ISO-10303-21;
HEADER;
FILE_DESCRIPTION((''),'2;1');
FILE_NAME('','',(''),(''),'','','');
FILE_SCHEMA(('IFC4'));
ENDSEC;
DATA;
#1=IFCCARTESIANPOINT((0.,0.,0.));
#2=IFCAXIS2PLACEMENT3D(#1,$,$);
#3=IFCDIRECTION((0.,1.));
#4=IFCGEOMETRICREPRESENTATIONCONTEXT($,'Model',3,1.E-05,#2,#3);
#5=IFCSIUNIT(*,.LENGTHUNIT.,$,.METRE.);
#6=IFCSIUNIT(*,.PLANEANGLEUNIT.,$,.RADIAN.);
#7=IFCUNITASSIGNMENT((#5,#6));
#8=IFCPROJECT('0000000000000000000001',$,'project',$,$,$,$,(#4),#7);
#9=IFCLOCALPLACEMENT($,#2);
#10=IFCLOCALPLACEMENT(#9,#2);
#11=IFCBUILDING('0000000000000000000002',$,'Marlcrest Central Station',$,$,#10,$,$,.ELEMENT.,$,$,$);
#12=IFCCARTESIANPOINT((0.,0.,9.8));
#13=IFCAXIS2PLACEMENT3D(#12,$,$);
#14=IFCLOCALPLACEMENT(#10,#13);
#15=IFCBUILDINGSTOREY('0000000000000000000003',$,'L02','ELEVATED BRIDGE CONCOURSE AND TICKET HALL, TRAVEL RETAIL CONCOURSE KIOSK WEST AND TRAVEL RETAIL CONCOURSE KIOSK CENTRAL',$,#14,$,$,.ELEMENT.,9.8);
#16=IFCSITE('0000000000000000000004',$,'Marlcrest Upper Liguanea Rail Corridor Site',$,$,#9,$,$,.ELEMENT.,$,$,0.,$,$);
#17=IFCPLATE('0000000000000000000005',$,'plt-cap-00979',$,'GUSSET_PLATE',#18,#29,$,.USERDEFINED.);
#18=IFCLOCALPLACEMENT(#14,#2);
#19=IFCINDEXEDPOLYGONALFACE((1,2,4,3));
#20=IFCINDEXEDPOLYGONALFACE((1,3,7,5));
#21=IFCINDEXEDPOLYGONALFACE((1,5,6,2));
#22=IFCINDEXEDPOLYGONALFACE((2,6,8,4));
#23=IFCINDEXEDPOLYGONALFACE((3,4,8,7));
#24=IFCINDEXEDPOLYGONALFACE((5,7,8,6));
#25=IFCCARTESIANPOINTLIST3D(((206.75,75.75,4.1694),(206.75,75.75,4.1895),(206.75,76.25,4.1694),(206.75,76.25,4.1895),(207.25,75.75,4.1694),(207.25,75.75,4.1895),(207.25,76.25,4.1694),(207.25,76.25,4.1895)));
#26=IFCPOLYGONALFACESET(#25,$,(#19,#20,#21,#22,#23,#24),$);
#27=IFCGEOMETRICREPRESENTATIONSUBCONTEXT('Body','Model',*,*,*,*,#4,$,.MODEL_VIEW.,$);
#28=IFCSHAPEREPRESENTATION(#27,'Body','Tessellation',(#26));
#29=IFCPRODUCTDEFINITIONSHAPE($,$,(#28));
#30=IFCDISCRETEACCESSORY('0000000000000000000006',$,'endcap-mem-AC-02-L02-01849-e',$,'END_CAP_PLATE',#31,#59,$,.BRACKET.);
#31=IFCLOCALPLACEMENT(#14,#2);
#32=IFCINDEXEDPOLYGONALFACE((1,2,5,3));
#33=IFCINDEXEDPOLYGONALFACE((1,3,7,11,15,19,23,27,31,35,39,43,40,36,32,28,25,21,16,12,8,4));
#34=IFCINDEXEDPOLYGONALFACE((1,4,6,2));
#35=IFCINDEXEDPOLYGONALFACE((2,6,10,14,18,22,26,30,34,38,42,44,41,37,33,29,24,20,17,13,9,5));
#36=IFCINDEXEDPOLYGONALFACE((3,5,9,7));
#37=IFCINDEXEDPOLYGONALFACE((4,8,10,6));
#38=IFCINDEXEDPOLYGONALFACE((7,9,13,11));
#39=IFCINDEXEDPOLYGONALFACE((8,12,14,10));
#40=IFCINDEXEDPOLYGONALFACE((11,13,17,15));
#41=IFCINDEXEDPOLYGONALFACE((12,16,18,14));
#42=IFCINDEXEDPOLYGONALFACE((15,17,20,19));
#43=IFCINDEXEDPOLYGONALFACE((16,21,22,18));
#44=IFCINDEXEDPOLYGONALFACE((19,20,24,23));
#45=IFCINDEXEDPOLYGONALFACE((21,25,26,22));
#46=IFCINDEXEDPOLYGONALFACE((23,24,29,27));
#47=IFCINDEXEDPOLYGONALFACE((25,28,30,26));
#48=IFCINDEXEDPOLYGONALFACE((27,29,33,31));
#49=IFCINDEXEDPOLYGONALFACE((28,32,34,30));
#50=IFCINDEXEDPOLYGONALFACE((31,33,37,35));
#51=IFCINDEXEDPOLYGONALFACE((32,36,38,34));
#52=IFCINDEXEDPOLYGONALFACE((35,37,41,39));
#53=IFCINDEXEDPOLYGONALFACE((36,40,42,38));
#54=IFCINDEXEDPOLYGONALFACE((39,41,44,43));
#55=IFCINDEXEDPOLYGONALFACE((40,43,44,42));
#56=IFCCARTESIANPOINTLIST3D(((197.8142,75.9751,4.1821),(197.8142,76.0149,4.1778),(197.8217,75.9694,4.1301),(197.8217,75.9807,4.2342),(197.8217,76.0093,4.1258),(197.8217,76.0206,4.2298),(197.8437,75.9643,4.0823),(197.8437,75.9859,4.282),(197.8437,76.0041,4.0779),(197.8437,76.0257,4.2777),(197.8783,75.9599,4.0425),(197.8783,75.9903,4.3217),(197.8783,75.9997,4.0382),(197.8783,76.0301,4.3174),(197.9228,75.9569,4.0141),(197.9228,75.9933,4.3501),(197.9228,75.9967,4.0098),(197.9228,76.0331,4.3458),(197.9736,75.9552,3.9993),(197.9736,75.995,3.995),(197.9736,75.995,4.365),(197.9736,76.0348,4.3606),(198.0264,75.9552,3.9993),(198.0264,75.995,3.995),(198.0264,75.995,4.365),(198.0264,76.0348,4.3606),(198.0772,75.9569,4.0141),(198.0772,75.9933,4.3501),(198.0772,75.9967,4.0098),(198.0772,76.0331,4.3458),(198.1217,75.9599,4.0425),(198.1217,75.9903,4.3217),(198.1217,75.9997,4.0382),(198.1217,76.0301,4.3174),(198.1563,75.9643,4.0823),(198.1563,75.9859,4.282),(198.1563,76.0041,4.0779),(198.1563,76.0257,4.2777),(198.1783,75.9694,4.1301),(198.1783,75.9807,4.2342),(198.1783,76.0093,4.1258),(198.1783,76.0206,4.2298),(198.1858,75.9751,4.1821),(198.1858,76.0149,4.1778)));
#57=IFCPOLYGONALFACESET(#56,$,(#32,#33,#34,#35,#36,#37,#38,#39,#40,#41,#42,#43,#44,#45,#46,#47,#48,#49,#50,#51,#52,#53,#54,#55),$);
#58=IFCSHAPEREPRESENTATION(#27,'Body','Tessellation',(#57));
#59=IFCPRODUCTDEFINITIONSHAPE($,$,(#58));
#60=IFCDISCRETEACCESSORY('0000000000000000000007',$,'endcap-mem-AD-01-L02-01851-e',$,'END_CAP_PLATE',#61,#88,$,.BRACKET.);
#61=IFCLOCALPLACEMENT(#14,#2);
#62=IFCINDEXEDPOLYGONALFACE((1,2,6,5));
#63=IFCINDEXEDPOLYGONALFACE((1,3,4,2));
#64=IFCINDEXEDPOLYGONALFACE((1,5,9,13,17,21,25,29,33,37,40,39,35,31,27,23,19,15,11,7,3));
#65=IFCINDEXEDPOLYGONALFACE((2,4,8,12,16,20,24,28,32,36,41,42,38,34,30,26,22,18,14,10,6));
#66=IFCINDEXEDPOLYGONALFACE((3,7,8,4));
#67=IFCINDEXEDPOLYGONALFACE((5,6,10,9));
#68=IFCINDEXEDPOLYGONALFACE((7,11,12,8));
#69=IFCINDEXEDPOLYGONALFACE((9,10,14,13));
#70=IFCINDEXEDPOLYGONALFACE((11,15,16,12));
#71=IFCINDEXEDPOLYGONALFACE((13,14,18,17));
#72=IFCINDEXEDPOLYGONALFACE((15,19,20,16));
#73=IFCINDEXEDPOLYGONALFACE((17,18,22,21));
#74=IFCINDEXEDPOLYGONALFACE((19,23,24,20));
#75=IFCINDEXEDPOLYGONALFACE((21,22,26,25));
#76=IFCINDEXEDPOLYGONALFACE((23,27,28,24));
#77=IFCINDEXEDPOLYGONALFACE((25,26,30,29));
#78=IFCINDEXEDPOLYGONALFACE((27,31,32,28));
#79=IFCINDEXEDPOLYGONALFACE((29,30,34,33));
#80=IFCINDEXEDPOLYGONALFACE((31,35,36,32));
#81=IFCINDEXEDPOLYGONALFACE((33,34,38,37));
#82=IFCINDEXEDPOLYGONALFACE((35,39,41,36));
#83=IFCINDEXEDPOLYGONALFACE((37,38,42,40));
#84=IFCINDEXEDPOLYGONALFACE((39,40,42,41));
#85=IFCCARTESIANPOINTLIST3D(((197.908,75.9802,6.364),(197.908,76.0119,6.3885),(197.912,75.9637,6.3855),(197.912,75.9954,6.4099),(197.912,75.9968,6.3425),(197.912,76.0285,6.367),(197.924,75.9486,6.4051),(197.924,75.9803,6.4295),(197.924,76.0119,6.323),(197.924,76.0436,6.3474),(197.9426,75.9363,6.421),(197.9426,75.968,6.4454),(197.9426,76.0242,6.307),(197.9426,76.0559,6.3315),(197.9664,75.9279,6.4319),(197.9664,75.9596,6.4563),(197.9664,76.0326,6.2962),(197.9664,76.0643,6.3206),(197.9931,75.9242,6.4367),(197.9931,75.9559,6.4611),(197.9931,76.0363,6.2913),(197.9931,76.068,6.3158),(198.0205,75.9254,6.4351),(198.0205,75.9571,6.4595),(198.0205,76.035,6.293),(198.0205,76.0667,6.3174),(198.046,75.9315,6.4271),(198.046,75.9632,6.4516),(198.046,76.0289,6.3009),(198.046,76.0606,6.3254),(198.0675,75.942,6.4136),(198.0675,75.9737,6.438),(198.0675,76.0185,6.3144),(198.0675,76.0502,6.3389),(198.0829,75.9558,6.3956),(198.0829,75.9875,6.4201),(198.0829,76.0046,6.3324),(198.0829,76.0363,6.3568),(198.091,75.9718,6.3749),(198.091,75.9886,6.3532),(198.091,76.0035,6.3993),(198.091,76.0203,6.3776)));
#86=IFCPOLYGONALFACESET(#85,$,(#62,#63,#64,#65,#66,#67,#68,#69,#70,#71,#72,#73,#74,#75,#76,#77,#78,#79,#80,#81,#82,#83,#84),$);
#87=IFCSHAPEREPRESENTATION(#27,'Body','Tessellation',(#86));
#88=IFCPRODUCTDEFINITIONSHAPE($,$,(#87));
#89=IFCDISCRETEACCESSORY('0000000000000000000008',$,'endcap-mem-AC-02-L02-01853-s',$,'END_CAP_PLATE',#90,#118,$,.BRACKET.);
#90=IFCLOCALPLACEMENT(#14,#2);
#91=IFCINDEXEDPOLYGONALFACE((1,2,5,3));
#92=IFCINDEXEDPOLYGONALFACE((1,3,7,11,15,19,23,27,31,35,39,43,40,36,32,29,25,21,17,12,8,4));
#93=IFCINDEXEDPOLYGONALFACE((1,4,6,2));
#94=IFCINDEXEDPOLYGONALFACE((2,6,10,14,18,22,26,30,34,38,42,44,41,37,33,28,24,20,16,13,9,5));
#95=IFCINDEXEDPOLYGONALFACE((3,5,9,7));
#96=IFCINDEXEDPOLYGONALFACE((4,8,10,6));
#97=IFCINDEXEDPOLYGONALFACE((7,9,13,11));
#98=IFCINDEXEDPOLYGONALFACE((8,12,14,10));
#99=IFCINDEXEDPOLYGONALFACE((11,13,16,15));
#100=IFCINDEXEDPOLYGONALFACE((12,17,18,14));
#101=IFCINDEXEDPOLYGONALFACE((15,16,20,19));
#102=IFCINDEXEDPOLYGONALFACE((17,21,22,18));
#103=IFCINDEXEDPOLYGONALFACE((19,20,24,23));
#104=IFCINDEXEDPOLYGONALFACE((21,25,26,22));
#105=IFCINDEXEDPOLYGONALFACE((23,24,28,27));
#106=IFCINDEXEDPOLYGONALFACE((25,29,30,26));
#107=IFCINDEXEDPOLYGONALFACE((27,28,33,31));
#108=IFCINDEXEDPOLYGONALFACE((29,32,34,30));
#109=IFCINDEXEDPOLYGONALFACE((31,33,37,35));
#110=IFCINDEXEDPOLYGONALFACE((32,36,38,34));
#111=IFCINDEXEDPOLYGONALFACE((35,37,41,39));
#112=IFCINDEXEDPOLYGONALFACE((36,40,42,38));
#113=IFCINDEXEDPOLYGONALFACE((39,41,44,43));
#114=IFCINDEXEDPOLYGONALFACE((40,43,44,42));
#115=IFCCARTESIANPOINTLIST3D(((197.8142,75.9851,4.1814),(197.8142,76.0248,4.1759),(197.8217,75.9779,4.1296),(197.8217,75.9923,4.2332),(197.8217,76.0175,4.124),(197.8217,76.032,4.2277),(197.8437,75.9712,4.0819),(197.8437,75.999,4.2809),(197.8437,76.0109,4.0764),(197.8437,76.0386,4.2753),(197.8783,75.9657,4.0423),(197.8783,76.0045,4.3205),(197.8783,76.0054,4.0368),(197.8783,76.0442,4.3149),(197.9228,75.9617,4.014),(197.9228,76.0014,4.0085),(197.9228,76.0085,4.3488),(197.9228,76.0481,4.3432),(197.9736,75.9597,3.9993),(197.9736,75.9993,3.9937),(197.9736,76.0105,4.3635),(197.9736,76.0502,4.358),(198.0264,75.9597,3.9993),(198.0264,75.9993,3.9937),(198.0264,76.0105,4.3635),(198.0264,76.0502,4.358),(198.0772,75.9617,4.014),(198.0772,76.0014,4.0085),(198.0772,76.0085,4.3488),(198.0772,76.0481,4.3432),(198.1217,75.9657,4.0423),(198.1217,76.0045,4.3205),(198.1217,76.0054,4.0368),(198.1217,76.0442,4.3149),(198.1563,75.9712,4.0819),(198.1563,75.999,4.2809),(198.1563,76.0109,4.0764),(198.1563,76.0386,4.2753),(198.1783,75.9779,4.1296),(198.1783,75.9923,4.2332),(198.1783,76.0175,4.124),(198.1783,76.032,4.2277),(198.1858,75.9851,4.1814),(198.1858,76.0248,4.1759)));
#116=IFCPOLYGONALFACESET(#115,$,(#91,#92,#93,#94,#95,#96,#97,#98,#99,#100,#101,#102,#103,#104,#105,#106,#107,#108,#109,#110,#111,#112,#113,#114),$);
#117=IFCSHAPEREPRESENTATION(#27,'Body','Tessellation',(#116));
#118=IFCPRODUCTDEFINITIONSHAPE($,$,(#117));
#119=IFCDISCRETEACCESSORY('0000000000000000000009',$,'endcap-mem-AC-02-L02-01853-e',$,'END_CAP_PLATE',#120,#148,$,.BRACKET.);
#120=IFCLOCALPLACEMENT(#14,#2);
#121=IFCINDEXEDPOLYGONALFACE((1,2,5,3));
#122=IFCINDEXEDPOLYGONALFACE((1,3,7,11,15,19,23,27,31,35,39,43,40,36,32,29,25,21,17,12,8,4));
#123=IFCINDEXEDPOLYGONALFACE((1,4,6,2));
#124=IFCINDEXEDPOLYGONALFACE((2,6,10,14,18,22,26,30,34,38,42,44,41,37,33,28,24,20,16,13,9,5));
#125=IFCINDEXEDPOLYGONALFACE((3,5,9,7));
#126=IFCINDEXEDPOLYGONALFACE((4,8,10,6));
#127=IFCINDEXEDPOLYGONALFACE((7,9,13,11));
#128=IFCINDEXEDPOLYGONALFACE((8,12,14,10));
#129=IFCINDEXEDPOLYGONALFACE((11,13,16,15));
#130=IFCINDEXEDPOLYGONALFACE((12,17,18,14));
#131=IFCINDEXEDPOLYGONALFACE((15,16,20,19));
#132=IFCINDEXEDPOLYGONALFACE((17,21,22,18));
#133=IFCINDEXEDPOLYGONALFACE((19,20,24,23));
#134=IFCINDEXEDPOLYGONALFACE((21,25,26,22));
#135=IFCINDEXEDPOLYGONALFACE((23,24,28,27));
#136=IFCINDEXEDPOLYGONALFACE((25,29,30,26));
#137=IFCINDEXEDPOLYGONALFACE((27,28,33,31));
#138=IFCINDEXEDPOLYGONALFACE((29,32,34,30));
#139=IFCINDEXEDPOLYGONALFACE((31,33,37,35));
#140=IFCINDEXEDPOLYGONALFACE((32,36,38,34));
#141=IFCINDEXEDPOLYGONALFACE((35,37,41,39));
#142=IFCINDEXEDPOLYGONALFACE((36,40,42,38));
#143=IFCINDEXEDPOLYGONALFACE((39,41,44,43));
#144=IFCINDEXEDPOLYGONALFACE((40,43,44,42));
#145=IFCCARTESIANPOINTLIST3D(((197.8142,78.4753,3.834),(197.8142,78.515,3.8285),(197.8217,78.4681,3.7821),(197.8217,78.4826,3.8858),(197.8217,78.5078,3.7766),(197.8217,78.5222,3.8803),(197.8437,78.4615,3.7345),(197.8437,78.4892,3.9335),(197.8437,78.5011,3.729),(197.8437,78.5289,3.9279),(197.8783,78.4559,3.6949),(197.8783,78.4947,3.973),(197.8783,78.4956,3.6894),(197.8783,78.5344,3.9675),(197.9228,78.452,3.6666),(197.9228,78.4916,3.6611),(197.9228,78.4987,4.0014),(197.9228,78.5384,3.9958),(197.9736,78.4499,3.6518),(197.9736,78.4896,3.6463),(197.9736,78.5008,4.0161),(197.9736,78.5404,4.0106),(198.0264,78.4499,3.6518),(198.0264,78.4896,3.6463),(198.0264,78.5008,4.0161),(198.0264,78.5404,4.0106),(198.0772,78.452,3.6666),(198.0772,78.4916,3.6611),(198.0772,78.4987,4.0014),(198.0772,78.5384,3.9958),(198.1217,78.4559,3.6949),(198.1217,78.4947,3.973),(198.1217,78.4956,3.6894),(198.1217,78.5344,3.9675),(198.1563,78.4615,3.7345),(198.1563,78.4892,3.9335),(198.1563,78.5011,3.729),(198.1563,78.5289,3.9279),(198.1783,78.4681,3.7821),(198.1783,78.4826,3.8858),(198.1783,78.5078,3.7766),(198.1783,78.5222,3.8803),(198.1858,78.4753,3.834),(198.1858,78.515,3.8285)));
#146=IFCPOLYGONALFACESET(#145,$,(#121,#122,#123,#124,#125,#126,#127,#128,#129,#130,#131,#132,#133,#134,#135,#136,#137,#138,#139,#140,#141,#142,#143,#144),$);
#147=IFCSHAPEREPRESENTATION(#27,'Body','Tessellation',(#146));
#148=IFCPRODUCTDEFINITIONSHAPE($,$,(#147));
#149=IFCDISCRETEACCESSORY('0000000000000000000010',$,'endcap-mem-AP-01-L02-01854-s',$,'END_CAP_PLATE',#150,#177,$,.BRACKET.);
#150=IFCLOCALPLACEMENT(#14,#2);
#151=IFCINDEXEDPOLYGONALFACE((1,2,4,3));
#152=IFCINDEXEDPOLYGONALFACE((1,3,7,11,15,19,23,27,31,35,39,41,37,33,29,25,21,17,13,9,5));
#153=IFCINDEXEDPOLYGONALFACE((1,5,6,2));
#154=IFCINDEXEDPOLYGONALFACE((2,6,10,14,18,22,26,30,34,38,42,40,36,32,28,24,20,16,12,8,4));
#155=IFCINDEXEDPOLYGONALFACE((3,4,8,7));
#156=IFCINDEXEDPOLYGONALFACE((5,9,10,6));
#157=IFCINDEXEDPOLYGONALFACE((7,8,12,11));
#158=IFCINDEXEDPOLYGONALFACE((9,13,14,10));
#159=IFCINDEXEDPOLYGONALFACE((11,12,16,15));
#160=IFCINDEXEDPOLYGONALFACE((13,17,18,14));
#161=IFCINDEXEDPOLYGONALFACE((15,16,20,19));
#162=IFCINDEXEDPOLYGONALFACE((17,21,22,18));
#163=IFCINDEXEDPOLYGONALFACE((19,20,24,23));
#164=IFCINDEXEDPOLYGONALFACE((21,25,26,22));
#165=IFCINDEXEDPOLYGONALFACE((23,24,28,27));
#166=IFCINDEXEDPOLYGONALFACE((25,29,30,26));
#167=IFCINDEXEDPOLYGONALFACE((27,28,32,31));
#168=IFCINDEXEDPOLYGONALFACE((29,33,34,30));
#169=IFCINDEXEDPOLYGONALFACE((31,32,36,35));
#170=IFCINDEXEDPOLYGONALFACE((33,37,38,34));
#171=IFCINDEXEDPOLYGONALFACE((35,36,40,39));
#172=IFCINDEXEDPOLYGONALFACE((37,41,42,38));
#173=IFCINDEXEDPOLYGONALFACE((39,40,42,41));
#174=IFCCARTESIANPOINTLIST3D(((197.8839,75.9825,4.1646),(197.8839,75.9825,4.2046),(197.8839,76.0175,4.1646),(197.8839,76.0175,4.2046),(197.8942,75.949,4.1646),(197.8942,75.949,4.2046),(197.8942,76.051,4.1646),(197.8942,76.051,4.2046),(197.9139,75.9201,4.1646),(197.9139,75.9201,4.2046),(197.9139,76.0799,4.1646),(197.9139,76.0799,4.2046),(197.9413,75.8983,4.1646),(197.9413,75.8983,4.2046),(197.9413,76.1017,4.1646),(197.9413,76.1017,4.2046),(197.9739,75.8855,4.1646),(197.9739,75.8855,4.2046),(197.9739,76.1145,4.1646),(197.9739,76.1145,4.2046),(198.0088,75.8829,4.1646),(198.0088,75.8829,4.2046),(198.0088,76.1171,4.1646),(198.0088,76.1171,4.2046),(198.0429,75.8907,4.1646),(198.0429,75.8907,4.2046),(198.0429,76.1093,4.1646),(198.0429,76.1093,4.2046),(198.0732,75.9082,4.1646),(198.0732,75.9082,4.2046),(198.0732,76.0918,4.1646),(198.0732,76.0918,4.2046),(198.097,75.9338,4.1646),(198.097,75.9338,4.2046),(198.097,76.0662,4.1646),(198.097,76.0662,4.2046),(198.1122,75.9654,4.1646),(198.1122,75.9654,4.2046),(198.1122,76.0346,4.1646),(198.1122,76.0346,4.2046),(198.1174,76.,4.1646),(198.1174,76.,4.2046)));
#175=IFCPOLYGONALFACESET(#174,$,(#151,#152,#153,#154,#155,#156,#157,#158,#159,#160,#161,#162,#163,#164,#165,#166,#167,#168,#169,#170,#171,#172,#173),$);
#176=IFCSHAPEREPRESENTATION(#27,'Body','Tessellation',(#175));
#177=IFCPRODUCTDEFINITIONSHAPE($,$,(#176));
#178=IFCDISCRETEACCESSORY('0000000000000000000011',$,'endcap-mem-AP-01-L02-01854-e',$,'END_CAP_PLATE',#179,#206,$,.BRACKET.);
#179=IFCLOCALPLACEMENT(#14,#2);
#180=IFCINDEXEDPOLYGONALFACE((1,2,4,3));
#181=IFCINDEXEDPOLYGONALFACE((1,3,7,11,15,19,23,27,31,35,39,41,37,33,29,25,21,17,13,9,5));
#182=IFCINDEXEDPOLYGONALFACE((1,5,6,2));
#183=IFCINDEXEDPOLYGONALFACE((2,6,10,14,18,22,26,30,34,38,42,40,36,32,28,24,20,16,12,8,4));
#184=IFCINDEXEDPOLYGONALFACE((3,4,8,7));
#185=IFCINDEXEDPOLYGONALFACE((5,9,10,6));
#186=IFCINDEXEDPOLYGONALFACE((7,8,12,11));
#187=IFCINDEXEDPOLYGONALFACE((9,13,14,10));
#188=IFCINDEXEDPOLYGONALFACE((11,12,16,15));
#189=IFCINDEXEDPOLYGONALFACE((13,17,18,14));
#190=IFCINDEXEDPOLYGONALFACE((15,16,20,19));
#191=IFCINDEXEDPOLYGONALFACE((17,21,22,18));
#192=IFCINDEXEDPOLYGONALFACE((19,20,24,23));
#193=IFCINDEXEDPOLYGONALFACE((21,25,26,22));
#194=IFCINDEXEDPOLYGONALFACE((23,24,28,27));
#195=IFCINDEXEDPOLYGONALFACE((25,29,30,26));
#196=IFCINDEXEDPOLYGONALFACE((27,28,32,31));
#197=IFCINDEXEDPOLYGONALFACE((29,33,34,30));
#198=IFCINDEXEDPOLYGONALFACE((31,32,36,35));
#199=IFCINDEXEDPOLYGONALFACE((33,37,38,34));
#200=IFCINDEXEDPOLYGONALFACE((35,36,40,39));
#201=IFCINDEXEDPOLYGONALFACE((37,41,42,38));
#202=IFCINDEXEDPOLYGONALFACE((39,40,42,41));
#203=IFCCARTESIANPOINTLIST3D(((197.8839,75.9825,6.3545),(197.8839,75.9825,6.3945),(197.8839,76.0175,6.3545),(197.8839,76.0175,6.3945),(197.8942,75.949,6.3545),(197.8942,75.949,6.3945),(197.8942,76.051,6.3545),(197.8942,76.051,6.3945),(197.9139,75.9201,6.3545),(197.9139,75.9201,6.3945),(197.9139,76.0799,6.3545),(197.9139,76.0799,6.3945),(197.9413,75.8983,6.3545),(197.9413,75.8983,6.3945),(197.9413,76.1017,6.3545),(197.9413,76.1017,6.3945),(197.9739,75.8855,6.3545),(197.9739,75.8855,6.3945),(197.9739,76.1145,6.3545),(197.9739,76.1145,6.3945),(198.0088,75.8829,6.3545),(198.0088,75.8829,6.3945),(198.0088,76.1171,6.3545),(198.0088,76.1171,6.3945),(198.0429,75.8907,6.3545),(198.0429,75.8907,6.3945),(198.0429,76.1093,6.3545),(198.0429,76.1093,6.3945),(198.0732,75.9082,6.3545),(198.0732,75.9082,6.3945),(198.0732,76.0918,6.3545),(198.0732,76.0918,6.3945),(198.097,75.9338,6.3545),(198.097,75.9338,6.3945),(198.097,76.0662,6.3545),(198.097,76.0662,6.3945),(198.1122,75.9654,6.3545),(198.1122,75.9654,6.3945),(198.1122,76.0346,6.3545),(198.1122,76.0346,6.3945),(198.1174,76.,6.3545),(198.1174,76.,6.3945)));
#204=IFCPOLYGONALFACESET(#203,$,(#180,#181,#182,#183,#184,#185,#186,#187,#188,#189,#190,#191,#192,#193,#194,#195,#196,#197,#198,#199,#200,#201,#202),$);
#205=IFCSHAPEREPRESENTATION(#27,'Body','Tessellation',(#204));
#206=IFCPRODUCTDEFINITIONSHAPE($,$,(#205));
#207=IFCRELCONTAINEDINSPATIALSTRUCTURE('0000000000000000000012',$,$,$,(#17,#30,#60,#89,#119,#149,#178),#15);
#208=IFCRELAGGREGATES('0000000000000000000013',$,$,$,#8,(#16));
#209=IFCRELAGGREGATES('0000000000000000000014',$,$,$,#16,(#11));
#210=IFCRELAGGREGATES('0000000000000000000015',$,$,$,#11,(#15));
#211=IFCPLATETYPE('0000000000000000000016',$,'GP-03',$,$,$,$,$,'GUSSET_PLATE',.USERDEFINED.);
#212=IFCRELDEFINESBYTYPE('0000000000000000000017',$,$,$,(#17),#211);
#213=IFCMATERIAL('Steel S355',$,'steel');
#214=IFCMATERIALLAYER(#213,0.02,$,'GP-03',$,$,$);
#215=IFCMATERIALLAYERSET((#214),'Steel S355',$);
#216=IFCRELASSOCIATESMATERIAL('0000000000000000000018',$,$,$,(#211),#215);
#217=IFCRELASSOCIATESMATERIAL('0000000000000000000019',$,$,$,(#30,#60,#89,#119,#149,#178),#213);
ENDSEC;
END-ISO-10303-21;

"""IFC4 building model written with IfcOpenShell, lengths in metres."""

from ifc_helpers import new_model, si_unit, direction, frame, origin, origin_2d, place, context, subcontext, project, spatial, rectangle, circle, extrude, material, layer, layer_set, type_object, element, save


model = new_model("IFC4")

# Units and contexts
model_context = context("Model", 3, precision=1e-05, world=origin(), true_north=direction((0.0, 1.0)))
body_context = subcontext(model_context, "Body", "Model", "MODEL_VIEW")
ifc_project = project(units=[si_unit("LENGTHUNIT", "METRE"), si_unit("PLANEANGLEUNIT", "RADIAN")], contexts=[model_context])

# Site, building, storey
site_placement = place(None, origin())
site = spatial("IfcSite", under=ifc_project, at=site_placement, Name="Marlcrest Upper Liguanea Rail Corridor Site", CompositionType="ELEMENT", RefElevation=0.0)
building_placement = place(site_placement, origin())
building = spatial("IfcBuilding", under=site, at=building_placement, Name="Marlcrest Central Station", CompositionType="ELEMENT")
storey_placement = place(building_placement, frame((0.0, 0.0, 9.8)))
storey = spatial("IfcBuildingStorey", under=building, at=storey_placement, Name="L02", Description="ELEVATED BRIDGE CONCOURSE AND TICKET HALL, TRAVEL RETAIL CONCOURSE KIOSK WEST AND TRAVEL RETAIL CONCOURSE KIOSK CENTRAL", CompositionType="ELEMENT", Elevation=9.8)

# Shared definitions
ifc_material = material(Name="Steel S355", Category="steel")

# Plate
ifc_layer = layer(ifc_material, 0.02, Name="GP-03")
ifc_layer_set = layer_set([ifc_layer], Name="Steel S355")
plate_type = type_object("IfcPlateType", Name="GP-03", ElementType="GUSSET_PLATE", PredefinedType="USERDEFINED", material=ifc_layer_set)
for number, where, z_axis, x_axis, name in (
    (1, (207.0, 76.0, 4.1694), (0.0, 0.0, 1.0), (1.0, 0.0, 0.0), "plt-cap-00979"),
):
    element("IfcPlate", number, at=place(storey_placement, frame(where, z_axis=z_axis, x_axis=x_axis)), inside=storey, type_object=plate_type, Name=name, ObjectType="GUSSET_PLATE", PredefinedType="USERDEFINED", context=body_context, shape_type="SweptSolid", body=[
        extrude(rectangle(XDim=0.5, YDim=0.5, at=origin_2d()), origin(), (0.0, 0.0, 1.0), 0.02),
    ])

# Discrete accessories
discrete_accessory_1_placement = place(storey_placement, frame((198.0, 75.9751, 4.1821), z_axis=(0.0, 0.994155, -0.107959), x_axis=(-1.0, 0.0, 0.0)))
element("IfcDiscreteAccessory", 2, at=discrete_accessory_1_placement, inside=storey, material=ifc_material, Name="endcap-mem-AC-02-L02-01849-e", ObjectType="END_CAP_PLATE", PredefinedType="BRACKET", context=body_context, shape_type="SweptSolid", body=[
    extrude(circle(Radius=0.1858, at=origin_2d()), origin(), (0.0, 0.0, 1.0), 0.04),
])
discrete_accessory_2_placement = place(storey_placement, frame((198.0, 75.9802, 6.364), z_axis=(0.0, 0.791798, 0.610783), x_axis=(-1.0, 0.0, 0.0)))
element("IfcDiscreteAccessory", 3, at=discrete_accessory_2_placement, inside=storey, material=ifc_material, Name="endcap-mem-AD-01-L02-01851-e", ObjectType="END_CAP_PLATE", PredefinedType="BRACKET", context=body_context, shape_type="SweptSolid", body=[
    extrude(circle(Radius=0.092, at=origin_2d()), origin(), (0.0, 0.0, 1.0), 0.04),
])
for number, where, z_axis, x_axis, name in (
    (4, (198.0, 75.9851, 4.1814), (0.0, 0.990403, -0.138211), (-1.0, 0.0, 0.0), "endcap-mem-AC-02-L02-01853-s"),
    (5, (198.0, 78.4753, 3.834), (0.0, 0.990403, -0.138211), (-1.0, 0.0, 0.0), "endcap-mem-AC-02-L02-01853-e"),
):
    element("IfcDiscreteAccessory", number, at=place(storey_placement, frame(where, z_axis=z_axis, x_axis=x_axis)), inside=storey, material=ifc_material, Name=name, ObjectType="END_CAP_PLATE", PredefinedType="BRACKET", context=body_context, shape_type="SweptSolid", body=[
        extrude(circle(Radius=0.1858, at=origin_2d()), origin(), (0.0, 0.0, 1.0), 0.04),
    ])
for number, where, z_axis, x_axis, name in (
    (6, (198.0, 76.0, 4.1646), (0.0, 0.0, 1.0), (1.0, 0.0, 0.0), "endcap-mem-AP-01-L02-01854-s"),
    (7, (198.0, 76.0, 6.3545), (0.0, 0.0, 1.0), (1.0, 0.0, 0.0), "endcap-mem-AP-01-L02-01854-e"),
):
    element("IfcDiscreteAccessory", number, at=place(storey_placement, frame(where, z_axis=z_axis, x_axis=x_axis)), inside=storey, material=ifc_material, Name=name, ObjectType="END_CAP_PLATE", PredefinedType="BRACKET", context=body_context, shape_type="SweptSolid", body=[
        extrude(circle(Radius=0.1174, at=origin_2d()), origin(), (0.0, 0.0, 1.0), 0.04),
    ])

save(model, "model.ifc")
